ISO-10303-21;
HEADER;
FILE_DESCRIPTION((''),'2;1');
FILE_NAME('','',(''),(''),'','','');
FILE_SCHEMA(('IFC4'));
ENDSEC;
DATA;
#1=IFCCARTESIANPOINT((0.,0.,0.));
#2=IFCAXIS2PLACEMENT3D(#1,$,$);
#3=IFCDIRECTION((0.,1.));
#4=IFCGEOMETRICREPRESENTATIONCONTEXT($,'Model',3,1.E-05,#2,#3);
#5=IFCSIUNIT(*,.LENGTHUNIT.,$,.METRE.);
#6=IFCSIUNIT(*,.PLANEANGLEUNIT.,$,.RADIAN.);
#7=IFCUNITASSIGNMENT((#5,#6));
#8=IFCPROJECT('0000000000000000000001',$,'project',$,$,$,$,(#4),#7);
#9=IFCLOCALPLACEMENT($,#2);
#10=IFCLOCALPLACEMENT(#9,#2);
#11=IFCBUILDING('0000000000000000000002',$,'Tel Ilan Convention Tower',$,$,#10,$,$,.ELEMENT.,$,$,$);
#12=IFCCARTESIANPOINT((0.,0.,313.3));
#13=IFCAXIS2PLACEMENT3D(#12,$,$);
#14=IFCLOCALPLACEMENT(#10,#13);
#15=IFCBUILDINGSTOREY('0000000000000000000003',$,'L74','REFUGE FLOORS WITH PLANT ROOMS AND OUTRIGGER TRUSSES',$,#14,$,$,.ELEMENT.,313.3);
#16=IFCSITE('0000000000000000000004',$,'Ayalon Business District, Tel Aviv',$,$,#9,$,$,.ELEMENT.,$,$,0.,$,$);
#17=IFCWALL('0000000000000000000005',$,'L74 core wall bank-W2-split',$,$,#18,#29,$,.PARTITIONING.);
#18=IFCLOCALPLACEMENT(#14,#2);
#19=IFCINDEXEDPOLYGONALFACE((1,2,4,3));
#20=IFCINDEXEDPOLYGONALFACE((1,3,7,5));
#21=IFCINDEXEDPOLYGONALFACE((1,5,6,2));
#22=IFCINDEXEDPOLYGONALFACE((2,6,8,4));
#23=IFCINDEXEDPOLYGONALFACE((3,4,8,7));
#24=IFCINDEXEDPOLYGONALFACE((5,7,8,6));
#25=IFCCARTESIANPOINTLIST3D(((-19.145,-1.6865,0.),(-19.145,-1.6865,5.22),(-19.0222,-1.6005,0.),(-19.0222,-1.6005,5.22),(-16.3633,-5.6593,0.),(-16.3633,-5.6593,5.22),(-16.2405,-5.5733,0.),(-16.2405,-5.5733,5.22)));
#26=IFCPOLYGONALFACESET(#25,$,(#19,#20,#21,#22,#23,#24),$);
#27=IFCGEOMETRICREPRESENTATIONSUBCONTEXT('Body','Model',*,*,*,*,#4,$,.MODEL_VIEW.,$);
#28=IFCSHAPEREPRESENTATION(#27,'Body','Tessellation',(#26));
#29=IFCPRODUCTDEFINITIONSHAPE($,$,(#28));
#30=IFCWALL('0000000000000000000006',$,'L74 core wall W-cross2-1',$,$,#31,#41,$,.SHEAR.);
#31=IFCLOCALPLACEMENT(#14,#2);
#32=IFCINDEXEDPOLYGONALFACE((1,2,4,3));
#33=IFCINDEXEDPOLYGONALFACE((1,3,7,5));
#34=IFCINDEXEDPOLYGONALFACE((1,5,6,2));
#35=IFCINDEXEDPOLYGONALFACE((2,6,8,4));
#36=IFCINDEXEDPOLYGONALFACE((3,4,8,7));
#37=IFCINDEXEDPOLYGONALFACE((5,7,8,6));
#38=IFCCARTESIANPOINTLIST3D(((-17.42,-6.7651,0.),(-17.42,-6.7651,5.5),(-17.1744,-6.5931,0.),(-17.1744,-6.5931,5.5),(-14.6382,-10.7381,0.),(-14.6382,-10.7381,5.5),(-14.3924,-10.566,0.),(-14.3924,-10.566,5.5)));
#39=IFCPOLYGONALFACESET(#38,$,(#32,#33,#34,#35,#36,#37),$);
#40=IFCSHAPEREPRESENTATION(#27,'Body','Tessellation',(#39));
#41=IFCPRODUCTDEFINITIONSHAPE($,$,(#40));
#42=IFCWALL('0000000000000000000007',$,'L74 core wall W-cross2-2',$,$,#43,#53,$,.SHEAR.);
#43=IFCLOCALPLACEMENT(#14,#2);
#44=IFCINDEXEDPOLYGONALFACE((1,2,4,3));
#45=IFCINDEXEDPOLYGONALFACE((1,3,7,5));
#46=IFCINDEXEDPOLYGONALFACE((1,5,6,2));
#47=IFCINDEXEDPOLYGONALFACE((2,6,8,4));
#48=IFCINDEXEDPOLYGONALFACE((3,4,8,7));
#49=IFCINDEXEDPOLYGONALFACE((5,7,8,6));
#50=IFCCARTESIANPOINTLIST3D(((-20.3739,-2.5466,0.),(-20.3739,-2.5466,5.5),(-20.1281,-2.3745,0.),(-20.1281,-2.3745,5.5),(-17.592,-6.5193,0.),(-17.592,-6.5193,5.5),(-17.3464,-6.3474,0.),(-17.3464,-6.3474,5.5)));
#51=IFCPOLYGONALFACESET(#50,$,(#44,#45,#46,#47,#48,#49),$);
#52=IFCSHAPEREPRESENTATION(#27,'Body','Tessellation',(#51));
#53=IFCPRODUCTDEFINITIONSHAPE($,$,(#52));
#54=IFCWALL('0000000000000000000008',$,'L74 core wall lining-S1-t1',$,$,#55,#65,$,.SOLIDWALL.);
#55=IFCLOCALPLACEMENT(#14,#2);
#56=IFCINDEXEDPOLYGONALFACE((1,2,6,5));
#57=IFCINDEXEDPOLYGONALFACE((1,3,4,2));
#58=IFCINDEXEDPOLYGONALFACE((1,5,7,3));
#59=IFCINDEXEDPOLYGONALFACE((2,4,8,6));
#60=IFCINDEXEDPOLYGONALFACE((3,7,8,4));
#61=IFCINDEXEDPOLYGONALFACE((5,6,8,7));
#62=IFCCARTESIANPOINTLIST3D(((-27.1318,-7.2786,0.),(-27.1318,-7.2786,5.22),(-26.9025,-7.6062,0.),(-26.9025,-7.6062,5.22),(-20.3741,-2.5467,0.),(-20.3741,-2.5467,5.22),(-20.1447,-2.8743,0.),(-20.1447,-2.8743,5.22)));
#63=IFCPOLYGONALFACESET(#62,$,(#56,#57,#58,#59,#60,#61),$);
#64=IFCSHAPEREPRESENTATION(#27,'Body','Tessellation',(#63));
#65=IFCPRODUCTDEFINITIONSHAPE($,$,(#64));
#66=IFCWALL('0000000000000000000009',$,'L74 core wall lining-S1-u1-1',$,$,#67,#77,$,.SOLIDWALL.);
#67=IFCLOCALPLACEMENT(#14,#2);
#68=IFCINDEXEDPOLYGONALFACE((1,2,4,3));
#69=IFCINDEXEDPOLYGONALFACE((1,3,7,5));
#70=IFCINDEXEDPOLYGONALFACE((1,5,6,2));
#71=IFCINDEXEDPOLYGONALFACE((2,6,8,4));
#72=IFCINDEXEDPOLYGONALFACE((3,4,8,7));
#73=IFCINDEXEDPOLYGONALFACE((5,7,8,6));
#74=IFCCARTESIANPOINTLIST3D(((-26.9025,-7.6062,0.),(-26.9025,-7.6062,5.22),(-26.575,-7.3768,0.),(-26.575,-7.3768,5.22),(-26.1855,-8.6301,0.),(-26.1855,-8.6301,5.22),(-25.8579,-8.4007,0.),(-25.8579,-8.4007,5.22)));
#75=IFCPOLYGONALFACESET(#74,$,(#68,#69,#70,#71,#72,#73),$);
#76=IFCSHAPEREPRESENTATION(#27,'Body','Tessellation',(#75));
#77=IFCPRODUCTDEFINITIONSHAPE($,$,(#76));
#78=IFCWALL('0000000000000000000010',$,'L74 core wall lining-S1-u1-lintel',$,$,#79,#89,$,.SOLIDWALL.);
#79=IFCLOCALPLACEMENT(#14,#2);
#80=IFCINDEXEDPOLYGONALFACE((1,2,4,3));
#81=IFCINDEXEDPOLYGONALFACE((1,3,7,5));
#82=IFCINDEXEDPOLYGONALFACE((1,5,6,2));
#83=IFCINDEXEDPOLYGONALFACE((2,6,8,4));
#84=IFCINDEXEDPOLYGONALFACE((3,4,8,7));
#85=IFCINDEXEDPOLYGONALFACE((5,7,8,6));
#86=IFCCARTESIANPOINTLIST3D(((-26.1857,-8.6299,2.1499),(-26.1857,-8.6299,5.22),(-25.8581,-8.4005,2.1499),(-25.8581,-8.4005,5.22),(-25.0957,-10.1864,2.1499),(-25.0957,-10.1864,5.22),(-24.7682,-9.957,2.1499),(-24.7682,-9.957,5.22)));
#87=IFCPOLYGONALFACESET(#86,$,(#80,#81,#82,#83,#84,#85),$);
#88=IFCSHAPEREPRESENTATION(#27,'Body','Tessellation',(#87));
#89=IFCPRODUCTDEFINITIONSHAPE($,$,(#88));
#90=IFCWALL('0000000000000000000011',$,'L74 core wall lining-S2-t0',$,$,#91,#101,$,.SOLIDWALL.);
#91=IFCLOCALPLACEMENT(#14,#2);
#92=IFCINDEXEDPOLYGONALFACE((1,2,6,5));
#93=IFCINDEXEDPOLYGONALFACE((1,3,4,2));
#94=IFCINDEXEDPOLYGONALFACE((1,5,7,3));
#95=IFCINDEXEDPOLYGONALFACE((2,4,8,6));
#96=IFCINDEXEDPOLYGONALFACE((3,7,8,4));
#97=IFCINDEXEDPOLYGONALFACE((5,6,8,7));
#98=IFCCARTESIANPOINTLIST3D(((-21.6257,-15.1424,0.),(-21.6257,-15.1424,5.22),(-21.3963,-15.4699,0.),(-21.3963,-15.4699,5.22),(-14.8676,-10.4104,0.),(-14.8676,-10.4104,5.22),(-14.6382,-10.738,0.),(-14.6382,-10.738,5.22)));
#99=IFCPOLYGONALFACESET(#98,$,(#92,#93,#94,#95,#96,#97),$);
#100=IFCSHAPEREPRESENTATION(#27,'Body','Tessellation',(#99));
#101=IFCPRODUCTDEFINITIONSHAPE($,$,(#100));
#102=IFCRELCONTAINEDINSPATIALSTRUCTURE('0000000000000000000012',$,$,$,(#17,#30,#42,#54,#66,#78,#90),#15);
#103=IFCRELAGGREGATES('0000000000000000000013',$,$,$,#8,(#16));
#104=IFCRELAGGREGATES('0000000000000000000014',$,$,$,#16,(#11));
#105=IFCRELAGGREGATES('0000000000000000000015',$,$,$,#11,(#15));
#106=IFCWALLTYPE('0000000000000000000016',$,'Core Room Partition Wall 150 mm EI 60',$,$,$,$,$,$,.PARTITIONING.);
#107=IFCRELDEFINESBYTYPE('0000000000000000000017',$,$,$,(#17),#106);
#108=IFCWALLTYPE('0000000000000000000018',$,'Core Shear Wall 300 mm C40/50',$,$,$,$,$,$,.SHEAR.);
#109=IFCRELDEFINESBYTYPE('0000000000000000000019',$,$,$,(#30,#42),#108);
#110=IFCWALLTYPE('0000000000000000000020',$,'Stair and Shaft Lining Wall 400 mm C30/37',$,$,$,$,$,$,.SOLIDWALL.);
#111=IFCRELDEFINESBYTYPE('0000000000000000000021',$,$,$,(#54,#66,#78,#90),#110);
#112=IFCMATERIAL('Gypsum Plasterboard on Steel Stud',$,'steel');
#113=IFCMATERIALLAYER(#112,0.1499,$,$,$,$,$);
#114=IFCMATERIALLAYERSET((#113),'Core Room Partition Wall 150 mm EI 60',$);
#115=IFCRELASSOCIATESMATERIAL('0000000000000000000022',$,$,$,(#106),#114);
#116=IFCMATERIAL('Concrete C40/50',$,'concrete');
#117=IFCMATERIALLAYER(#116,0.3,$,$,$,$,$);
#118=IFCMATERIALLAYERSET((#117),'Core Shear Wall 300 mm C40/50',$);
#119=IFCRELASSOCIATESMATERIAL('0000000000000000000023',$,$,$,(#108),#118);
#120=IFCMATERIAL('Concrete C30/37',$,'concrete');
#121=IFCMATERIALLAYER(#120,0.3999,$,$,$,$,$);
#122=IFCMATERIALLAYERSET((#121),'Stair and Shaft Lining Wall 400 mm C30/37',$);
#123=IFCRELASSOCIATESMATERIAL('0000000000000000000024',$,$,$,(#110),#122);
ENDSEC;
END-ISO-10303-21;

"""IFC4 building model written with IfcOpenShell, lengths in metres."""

from ifc_helpers import new_model, si_unit, direction, frame, frame_2d, origin, place, context, subcontext, project, spatial, polyline, rectangle, outline, extrude, material, layer, layer_set, type_object, element, save


model = new_model("IFC4")

# Units and contexts
model_context = context("Model", 3, precision=1e-05, world=origin(), true_north=direction((0.0, 1.0)))
body_context = subcontext(model_context, "Body", "Model", "MODEL_VIEW")
ifc_project = project(units=[si_unit("LENGTHUNIT", "METRE"), si_unit("PLANEANGLEUNIT", "RADIAN")], contexts=[model_context])

# Site, building, storey
site_placement = place(None, origin())
site = spatial("IfcSite", under=ifc_project, at=site_placement, Name="Ayalon Business District, Tel Aviv", CompositionType="ELEMENT", RefElevation=0.0)
building_placement = place(site_placement, origin())
building = spatial("IfcBuilding", under=site, at=building_placement, Name="Tel Ilan Convention Tower", CompositionType="ELEMENT")
storey_placement = place(building_placement, frame((0.0, 0.0, 313.3)))
storey = spatial("IfcBuildingStorey", under=building, at=storey_placement, Name="L74", Description="REFUGE FLOORS WITH PLANT ROOMS AND OUTRIGGER TRUSSES", CompositionType="ELEMENT", Elevation=313.3)

# Walls
ifc_material_1 = material(Name="Gypsum Plasterboard on Steel Stud", Category="steel")
ifc_layer_1 = layer(ifc_material_1, 0.1499)
ifc_layer_set_1 = layer_set([ifc_layer_1], Name="Core Room Partition Wall 150 mm EI 60")
wall_type_1 = type_object("IfcWallType", Name="Core Room Partition Wall 150 mm EI 60", PredefinedType="PARTITIONING", material=ifc_layer_set_1)
wall_1_placement = place(storey_placement, frame((-16.302, -5.6162, 0.0), z_axis=(0.0, 0.0, 1.0), x_axis=(-0.57356, 0.819163, 0.0)))
element("IfcWall", 1, at=wall_1_placement, inside=storey, type_object=wall_type_1, Name="L74 core wall bank-W2-split", PredefinedType="PARTITIONING", context=body_context, shape_type="SweptSolid", body=[
    extrude(rectangle(XDim=4.8499, YDim=0.1499, at=frame_2d((2.4248, 0.0))), origin(), (0.0, 0.0, 1.0), 5.22),
])
ifc_material_2 = material(Name="Concrete C40/50", Category="concrete")
ifc_layer_2 = layer(ifc_material_2, 0.3)
ifc_layer_set_2 = layer_set([ifc_layer_2], Name="Core Shear Wall 300 mm C40/50")
wall_type_2 = type_object("IfcWallType", Name="Core Shear Wall 300 mm C40/50", PredefinedType="SHEAR", material=ifc_layer_set_2)
wall_2_placement = place(storey_placement, frame((-14.5154, -10.6521, 0.0), z_axis=(0.0, 0.0, 1.0), x_axis=(-0.57356, 0.819163, 0.0)))
element("IfcWall", 2, at=wall_2_placement, inside=storey, type_object=wall_type_2, Name="L74 core wall W-cross2-1", PredefinedType="SHEAR", context=body_context, shape_type="SweptSolid", body=[
    extrude(outline(polyline([(4.8501, 0.1499), (0.0, 0.1499), (0.0, -0.1501), (4.8501, -0.1499), (4.8501, 0.1499)])), origin(), (0.0, 0.0, 1.0), 5.5),
])
wall_3_placement = place(storey_placement, frame((-17.4692, -6.4333, 0.0), z_axis=(0.0, 0.0, 1.0), x_axis=(-0.573594, 0.81914, 0.0)))
element("IfcWall", 3, at=wall_3_placement, inside=storey, type_object=wall_type_2, Name="L74 core wall W-cross2-2", PredefinedType="SHEAR", context=body_context, shape_type="SweptSolid", body=[
    extrude(outline(polyline([(4.8499, -0.1501), (4.8499, 0.1499), (0.0, 0.1499), (0.0, -0.1499), (4.8499, -0.1501)])), origin(), (0.0, 0.0, 1.0), 5.5),
])
ifc_material_3 = material(Name="Concrete C30/37", Category="concrete")
ifc_layer_3 = layer(ifc_material_3, 0.3999)
ifc_layer_set_3 = layer_set([ifc_layer_3], Name="Stair and Shaft Lining Wall 400 mm C30/37")
wall_type_3 = type_object("IfcWallType", Name="Stair and Shaft Lining Wall 400 mm C30/37", PredefinedType="SOLIDWALL", material=ifc_layer_set_3)
wall_4_placement = place(storey_placement, frame((-20.2593, -2.7104, 0.0), z_axis=(0.0, 0.0, 1.0), x_axis=(-0.819148, -0.573582, 0.0)))
element("IfcWall", 4, at=wall_4_placement, inside=storey, type_object=wall_type_3, Name="L74 core wall lining-S1-t1", PredefinedType="SOLIDWALL", context=body_context, shape_type="SweptSolid", body=[
    extrude(rectangle(XDim=8.2498, YDim=0.3999, at=frame_2d((4.125, 0.0))), origin(), (0.0, 0.0, 1.0), 5.22),
])
wall_5_placement = place(storey_placement, frame((-26.0217, -8.5154, 0.0), z_axis=(0.0, 0.0, 1.0), x_axis=(-0.57362, 0.819122, 0.0)))
element("IfcWall", 5, at=wall_5_placement, inside=storey, type_object=wall_type_3, Name="L74 core wall lining-S1-u1-1", PredefinedType="SOLIDWALL", context=body_context, shape_type="SweptSolid", body=[
    extrude(rectangle(XDim=1.25, YDim=0.3999, at=frame_2d((0.625, 0.0))), origin(), (0.0, 0.0, 1.0), 5.22),
])
wall_6_placement = place(storey_placement, frame((-24.9319, -10.0718, 2.1499), z_axis=(0.0, 0.0, 1.0), x_axis=(-0.573592, 0.819141, 0.0)))
element("IfcWall", 6, at=wall_6_placement, inside=storey, type_object=wall_type_3, Name="L74 core wall lining-S1-u1-lintel", PredefinedType="SOLIDWALL", context=body_context, shape_type="SweptSolid", body=[
    extrude(rectangle(XDim=1.9001, YDim=0.3999, at=frame_2d((0.9502, 0.0))), origin(), (0.0, 0.0, 1.0), 3.0701),
])
wall_7_placement = place(storey_placement, frame((-14.7529, -10.5742, 0.0), z_axis=(0.0, 0.0, 1.0), x_axis=(-0.819158, -0.573568, 0.0)))
element("IfcWall", 7, at=wall_7_placement, inside=storey, type_object=wall_type_3, Name="L74 core wall lining-S2-t0", PredefinedType="SOLIDWALL", context=body_context, shape_type="SweptSolid", body=[
    extrude(rectangle(XDim=8.25, YDim=0.3999, at=frame_2d((4.125, 0.0))), origin(), (0.0, 0.0, 1.0), 5.22),
])

save(model, "model.ifc")
